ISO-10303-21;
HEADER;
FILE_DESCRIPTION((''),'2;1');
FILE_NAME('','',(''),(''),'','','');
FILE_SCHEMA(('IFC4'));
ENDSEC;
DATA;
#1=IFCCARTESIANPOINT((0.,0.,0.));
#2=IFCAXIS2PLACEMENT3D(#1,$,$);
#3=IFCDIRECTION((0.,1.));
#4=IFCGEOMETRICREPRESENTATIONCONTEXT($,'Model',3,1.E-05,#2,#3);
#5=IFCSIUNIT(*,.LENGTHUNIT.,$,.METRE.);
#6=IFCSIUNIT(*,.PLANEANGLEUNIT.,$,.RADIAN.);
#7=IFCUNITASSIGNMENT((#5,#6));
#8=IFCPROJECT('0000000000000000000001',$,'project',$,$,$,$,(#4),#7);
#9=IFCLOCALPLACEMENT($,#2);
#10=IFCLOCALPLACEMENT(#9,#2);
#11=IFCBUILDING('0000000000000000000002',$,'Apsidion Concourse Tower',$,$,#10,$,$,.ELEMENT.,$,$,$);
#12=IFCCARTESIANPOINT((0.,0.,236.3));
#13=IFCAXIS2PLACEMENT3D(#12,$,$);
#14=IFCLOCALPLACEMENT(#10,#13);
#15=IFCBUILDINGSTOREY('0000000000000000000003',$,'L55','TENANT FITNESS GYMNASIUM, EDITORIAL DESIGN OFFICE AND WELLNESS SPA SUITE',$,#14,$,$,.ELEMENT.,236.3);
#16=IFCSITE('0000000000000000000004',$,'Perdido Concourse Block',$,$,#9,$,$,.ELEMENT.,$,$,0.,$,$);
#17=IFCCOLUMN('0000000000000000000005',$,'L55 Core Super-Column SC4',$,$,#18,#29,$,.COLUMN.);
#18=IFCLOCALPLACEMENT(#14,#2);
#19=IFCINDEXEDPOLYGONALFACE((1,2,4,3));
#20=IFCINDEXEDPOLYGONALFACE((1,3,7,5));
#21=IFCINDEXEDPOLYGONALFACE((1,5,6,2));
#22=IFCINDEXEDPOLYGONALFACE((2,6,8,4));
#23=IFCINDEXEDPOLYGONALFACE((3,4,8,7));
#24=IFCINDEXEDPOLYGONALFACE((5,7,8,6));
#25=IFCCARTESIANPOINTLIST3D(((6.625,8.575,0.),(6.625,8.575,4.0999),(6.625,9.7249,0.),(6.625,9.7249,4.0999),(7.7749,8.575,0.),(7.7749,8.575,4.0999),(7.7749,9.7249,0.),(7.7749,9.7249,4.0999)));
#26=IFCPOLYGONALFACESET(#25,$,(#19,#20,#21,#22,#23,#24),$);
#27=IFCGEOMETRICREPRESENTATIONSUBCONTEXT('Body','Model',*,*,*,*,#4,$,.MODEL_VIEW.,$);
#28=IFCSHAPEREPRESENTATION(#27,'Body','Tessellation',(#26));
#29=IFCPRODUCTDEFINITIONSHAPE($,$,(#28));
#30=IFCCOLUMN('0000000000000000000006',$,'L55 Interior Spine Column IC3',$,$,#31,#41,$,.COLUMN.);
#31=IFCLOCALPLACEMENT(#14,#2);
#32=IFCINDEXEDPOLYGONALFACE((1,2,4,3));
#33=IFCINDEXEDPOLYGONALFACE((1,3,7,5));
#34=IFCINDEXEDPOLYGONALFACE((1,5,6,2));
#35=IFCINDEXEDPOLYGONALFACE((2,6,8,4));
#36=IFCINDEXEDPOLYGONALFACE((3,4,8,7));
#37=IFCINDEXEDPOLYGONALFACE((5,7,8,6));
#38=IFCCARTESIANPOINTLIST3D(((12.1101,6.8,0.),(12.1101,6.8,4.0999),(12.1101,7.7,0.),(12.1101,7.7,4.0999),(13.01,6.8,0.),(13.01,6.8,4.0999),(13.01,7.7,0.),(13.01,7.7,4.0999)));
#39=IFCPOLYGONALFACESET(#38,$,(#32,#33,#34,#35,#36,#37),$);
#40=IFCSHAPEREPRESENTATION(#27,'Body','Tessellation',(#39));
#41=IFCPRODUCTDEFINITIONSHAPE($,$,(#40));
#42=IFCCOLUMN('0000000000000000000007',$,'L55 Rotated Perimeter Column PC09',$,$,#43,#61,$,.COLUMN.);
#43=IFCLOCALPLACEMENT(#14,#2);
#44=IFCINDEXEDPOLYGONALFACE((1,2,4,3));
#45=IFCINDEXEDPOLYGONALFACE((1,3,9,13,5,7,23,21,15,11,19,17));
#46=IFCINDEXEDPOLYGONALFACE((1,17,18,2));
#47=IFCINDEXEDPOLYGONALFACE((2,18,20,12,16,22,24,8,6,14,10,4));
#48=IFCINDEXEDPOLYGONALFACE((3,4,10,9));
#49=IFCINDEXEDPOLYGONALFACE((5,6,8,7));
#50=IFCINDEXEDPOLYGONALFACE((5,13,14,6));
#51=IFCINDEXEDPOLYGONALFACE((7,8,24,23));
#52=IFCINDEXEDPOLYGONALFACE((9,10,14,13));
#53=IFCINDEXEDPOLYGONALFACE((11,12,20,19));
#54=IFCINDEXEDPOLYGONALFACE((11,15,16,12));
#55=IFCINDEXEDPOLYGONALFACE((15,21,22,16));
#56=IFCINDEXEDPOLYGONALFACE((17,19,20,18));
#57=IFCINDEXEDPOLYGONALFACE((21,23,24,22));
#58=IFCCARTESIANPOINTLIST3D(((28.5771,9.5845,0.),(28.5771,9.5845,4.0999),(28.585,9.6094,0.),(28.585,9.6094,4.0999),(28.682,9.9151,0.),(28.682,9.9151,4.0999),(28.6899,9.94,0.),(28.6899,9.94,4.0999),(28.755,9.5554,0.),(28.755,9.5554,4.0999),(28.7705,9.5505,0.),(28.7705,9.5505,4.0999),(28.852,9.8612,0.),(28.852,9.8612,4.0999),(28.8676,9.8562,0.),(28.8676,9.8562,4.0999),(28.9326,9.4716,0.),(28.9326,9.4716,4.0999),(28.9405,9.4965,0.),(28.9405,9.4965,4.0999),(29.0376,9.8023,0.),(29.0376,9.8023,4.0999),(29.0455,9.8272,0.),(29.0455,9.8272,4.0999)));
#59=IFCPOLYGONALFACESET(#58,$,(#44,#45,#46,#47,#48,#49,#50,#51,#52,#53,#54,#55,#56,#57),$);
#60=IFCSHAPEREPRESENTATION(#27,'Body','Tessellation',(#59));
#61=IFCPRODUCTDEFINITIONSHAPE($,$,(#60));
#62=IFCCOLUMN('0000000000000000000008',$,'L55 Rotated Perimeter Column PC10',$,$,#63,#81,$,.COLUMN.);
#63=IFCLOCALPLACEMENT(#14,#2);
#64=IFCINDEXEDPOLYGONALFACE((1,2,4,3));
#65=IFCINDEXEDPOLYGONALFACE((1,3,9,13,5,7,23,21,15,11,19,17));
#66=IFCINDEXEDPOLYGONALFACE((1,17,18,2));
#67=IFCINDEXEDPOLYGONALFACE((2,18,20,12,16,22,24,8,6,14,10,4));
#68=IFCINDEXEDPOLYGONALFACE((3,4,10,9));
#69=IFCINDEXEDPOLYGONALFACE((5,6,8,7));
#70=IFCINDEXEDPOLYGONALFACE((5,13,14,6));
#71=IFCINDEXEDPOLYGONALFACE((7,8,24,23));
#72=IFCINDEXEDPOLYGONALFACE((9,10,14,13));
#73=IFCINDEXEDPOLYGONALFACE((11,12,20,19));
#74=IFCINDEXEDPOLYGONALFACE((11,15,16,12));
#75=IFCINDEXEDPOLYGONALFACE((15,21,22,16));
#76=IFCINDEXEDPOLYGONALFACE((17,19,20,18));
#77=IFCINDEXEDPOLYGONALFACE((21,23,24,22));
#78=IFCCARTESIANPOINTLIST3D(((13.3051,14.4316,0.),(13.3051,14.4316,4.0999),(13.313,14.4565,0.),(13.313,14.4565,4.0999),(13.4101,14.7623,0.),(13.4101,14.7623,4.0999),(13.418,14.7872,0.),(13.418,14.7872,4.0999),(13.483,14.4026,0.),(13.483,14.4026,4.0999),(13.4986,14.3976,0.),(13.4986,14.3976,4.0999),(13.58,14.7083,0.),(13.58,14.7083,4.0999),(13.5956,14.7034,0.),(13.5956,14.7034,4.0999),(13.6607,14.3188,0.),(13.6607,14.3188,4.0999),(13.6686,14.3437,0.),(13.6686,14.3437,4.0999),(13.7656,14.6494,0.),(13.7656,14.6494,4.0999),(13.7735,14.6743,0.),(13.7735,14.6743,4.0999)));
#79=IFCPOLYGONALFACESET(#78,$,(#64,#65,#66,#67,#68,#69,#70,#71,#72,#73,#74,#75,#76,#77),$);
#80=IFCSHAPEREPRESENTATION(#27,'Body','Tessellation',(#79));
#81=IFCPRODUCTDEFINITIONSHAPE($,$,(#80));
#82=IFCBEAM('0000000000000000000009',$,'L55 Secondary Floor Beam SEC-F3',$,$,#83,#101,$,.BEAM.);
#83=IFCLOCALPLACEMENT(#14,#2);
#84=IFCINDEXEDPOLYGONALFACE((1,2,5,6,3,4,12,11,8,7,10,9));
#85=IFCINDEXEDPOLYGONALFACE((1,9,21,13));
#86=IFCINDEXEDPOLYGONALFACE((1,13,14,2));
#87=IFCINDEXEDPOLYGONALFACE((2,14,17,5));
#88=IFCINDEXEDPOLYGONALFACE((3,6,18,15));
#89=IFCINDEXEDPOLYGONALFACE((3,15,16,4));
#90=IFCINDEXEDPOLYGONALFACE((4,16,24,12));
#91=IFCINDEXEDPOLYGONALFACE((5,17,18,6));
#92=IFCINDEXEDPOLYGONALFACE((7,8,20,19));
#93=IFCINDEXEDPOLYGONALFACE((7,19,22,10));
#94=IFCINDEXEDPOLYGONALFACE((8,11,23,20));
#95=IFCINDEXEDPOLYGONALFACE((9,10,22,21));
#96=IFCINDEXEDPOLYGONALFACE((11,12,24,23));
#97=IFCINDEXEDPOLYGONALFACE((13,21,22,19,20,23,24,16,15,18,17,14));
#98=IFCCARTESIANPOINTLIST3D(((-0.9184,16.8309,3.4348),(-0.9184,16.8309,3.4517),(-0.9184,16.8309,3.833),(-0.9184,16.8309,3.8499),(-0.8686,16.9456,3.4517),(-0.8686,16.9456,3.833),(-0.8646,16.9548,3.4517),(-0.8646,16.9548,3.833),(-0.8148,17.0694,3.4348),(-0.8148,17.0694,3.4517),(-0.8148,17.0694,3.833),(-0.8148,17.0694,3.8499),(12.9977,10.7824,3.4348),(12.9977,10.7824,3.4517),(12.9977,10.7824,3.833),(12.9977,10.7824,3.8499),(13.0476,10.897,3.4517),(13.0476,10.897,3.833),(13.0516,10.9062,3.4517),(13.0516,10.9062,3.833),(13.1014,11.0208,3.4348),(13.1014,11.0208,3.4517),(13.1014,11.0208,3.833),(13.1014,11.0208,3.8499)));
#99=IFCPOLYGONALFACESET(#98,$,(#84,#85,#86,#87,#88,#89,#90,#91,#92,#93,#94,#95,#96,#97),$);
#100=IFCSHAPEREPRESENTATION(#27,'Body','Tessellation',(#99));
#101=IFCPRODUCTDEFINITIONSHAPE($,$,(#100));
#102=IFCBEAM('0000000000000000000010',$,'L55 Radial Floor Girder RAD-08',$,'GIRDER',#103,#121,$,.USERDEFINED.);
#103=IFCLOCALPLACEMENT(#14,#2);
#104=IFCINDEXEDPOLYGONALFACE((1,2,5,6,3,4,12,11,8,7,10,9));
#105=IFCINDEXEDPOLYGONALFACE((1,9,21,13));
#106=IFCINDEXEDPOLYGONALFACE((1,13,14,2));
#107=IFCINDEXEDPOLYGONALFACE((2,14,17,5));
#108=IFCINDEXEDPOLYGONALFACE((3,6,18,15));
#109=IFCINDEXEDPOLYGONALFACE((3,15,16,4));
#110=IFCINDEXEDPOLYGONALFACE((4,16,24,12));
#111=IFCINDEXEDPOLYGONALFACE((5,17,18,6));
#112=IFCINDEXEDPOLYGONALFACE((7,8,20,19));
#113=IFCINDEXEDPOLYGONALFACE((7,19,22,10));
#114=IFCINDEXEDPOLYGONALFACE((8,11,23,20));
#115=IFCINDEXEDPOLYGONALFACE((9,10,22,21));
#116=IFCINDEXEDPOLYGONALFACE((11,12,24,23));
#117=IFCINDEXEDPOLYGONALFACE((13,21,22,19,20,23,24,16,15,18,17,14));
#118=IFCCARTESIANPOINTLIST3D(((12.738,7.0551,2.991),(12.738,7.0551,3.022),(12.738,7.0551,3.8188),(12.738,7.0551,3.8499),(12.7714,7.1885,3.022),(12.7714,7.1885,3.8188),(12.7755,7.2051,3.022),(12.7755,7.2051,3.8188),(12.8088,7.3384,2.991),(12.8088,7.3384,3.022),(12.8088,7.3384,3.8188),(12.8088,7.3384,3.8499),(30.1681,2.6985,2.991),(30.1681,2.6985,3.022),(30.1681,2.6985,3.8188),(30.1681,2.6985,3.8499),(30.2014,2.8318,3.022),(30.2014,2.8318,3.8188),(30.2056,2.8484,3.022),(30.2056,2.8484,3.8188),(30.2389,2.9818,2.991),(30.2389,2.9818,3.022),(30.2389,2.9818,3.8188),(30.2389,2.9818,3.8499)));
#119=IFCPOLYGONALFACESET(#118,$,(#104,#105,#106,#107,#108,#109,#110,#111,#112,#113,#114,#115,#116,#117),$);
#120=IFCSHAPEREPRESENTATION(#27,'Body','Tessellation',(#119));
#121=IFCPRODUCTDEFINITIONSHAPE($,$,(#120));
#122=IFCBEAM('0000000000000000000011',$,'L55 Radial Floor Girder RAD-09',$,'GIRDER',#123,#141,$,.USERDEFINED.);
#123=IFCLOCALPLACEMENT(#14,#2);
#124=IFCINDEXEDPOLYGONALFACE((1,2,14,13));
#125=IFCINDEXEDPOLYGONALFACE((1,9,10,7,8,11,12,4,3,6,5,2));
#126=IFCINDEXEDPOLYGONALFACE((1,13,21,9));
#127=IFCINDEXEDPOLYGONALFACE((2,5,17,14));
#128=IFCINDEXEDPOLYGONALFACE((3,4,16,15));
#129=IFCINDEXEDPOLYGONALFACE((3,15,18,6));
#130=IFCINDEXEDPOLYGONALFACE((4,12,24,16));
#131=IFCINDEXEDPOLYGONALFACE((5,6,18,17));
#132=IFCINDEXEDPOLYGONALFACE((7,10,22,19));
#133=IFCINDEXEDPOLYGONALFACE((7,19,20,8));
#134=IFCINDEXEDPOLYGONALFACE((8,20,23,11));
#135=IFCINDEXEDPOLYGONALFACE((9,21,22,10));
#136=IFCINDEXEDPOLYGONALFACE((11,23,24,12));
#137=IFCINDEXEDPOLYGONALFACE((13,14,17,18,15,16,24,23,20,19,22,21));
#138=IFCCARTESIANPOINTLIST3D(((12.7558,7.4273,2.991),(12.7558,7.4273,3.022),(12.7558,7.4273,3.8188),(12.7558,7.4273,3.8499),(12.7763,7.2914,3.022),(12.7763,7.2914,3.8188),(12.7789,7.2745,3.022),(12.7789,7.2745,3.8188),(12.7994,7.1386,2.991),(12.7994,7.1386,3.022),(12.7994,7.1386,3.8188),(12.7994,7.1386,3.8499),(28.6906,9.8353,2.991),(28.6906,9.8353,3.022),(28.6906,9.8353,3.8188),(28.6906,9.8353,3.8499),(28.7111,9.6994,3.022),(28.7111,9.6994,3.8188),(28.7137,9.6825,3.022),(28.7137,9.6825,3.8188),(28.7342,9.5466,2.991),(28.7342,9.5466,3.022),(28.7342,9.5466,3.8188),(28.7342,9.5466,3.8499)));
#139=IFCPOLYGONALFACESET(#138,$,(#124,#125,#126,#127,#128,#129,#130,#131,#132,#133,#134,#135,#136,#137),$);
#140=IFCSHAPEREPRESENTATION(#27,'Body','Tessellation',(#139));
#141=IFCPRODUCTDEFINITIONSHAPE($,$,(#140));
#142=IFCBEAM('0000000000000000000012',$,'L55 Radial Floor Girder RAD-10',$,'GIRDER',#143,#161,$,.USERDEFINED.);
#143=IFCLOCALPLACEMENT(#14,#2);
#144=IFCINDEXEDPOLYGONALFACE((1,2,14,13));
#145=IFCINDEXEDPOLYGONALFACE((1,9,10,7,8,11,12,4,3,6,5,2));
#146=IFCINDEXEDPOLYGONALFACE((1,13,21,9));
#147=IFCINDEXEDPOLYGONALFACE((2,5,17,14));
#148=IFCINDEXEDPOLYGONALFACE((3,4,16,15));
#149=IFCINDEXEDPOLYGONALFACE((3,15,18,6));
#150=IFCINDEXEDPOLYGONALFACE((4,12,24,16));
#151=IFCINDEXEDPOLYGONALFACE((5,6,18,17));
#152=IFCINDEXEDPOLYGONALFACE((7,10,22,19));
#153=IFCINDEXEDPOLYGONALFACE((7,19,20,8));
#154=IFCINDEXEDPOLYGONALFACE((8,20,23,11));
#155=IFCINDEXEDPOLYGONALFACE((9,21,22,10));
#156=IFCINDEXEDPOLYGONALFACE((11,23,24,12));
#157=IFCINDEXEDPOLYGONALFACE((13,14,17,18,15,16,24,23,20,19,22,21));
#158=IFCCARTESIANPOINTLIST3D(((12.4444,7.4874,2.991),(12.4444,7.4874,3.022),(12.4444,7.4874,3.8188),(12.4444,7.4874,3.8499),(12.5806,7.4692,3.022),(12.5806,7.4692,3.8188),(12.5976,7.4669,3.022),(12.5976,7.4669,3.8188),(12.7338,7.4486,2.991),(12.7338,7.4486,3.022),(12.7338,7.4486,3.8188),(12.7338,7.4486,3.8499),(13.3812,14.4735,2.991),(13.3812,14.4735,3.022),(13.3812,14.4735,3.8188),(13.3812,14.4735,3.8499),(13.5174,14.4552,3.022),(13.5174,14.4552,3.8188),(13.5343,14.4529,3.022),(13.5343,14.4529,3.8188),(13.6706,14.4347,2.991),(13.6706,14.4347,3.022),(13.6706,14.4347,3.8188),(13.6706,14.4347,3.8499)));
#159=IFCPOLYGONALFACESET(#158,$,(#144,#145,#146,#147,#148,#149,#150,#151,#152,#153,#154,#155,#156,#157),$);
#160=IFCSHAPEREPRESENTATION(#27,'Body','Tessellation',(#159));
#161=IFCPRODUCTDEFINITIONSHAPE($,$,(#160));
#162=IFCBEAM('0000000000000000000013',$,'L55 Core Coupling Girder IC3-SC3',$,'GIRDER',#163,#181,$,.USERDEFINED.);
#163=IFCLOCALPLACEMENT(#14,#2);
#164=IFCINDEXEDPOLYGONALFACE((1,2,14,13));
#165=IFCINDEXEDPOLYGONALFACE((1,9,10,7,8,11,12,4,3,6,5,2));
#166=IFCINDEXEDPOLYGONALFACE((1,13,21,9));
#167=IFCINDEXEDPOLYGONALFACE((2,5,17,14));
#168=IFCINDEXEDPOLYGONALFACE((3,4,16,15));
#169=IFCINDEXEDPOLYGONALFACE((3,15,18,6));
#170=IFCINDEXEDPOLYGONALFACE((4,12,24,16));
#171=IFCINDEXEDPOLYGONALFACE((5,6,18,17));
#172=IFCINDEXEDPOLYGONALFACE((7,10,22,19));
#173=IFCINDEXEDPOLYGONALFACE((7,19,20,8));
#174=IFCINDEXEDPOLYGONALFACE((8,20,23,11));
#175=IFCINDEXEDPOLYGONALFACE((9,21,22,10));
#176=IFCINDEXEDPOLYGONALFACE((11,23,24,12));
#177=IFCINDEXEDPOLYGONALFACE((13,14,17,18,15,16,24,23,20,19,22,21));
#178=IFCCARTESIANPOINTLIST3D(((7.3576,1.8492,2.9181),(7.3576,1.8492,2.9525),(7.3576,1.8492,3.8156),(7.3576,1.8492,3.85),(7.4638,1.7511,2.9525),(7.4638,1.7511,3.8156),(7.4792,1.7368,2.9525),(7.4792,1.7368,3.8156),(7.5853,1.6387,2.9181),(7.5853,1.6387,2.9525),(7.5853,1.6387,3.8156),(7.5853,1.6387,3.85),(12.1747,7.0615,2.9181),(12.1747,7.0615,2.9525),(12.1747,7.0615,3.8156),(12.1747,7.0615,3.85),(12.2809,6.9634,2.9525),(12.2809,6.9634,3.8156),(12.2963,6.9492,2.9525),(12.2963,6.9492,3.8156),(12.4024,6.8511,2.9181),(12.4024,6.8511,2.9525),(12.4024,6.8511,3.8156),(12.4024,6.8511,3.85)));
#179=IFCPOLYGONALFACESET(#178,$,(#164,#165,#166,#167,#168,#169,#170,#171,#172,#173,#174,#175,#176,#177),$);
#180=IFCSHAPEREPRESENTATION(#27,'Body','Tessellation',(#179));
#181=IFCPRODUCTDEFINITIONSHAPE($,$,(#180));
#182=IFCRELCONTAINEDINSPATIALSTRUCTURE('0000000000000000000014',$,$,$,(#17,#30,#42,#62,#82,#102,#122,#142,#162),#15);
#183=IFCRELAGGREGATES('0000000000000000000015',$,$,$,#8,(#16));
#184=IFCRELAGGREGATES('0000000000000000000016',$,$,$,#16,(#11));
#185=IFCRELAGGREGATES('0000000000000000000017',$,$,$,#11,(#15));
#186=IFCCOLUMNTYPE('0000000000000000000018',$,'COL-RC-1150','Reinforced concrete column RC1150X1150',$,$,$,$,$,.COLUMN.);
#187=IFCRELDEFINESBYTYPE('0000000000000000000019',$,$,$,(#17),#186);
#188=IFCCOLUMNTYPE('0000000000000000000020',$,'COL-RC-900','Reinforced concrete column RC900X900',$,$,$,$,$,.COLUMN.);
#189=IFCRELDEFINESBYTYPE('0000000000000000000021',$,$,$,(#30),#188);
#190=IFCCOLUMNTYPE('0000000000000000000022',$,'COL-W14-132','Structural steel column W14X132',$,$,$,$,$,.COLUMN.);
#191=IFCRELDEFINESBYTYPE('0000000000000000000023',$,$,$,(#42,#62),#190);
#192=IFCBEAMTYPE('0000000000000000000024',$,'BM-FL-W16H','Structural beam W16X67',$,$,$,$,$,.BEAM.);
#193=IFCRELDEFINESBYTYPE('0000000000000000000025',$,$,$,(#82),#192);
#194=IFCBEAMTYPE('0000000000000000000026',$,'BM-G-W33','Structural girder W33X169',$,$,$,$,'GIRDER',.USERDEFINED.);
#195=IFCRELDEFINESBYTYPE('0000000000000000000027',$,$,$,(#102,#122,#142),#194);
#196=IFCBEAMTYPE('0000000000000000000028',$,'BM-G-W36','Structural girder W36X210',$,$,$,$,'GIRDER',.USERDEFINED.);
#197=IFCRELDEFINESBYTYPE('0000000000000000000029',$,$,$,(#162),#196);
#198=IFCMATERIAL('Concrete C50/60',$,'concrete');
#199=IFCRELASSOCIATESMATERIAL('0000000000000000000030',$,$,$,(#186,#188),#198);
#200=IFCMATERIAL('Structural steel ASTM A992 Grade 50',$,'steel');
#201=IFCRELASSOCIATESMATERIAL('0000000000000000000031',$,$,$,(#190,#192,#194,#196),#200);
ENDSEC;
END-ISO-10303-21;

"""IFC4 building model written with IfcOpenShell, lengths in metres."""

from ifc_helpers import new_model, si_unit, direction, frame, origin, origin_2d, place, context, subcontext, project, spatial, rectangle, i_section, extrude, material, material_profile, profile_set, type_object, element, save


model = new_model("IFC4")

# Units and contexts
model_context = context("Model", 3, precision=1e-05, world=origin(), true_north=direction((0.0, 1.0)))
body_context = subcontext(model_context, "Body", "Model", "MODEL_VIEW")
ifc_project = project(units=[si_unit("LENGTHUNIT", "METRE"), si_unit("PLANEANGLEUNIT", "RADIAN")], contexts=[model_context])

# Site, building, storey
site_placement = place(None, origin())
site = spatial("IfcSite", under=ifc_project, at=site_placement, Name="Perdido Concourse Block", CompositionType="ELEMENT", RefElevation=0.0)
building_placement = place(site_placement, origin())
building = spatial("IfcBuilding", under=site, at=building_placement, Name="Apsidion Concourse Tower", CompositionType="ELEMENT")
storey_placement = place(building_placement, frame((0.0, 0.0, 236.3)))
storey = spatial("IfcBuildingStorey", under=building, at=storey_placement, Name="L55", Description="TENANT FITNESS GYMNASIUM, EDITORIAL DESIGN OFFICE AND WELLNESS SPA SUITE", CompositionType="ELEMENT", Elevation=236.3)

# Columns
ifc_material_1 = material(Name="Concrete C50/60", Category="concrete")
ifc_material_profile_1 = material_profile(ifc_material_1, rectangle(XDim=1.1499, YDim=1.1499, at=origin_2d()), Name="RC 1150x1150")
ifc_profile_set_1 = profile_set([ifc_material_profile_1], Name="Concrete C50/60")
column_type_1 = type_object("IfcColumnType", Name="COL-RC-1150", Description="Reinforced concrete column RC1150X1150", PredefinedType="COLUMN", material=ifc_profile_set_1)
column_1_placement = place(storey_placement, frame((7.2, 9.1499, 0.0), z_axis=(0.0, 0.0, 1.0), x_axis=(1.0, 0.0, 0.0)))
element("IfcColumn", 1, at=column_1_placement, inside=storey, type_object=column_type_1, Name="L55 Core Super-Column SC4", PredefinedType="COLUMN", context=body_context, shape_type="SweptSolid", body=[
    extrude(rectangle(XDim=1.1499, YDim=1.1499, at=origin_2d()), origin(), (0.0, 0.0, 1.0), 4.0999),
])
ifc_material_profile_2 = material_profile(ifc_material_1, rectangle(XDim=0.8999, YDim=0.8999, at=origin_2d()), Name="RC 900x900")
ifc_profile_set_2 = profile_set([ifc_material_profile_2], Name="Concrete C50/60")
column_type_2 = type_object("IfcColumnType", Name="COL-RC-900", Description="Reinforced concrete column RC900X900", PredefinedType="COLUMN", material=ifc_profile_set_2)
column_2_placement = place(storey_placement, frame((12.5601, 7.25, 0.0), z_axis=(0.0, 0.0, 1.0), x_axis=(1.0, 0.0, 0.0)))
element("IfcColumn", 2, at=column_2_placement, inside=storey, type_object=column_type_2, Name="L55 Interior Spine Column IC3", PredefinedType="COLUMN", context=body_context, shape_type="SweptSolid", body=[
    extrude(rectangle(XDim=0.8999, YDim=0.8999, at=origin_2d()), origin(), (0.0, 0.0, 1.0), 4.0999),
])
ifc_material_2 = material(Name="Structural steel ASTM A992 Grade 50", Category="steel")
ifc_material_profile_3 = material_profile(ifc_material_2, i_section(OverallWidth=0.373, OverallDepth=0.373, WebThickness=0.0164, FlangeThickness=0.0261, at=origin_2d()), Name="W14X132")
ifc_profile_set_3 = profile_set([ifc_material_profile_3], Name="Structural steel ASTM A992 Grade 50")
column_type_3 = type_object("IfcColumnType", Name="COL-W14-132", Description="Structural steel column W14X132", PredefinedType="COLUMN", material=ifc_profile_set_3)
for number, where, z_axis, x_axis, name in (
    (3, (28.8113, 9.7058, 0.0), (0.0, 0.0, 1.0), (-0.953138, 0.302536, 0.0), "L55 Rotated Perimeter Column PC09"),
    (4, (13.5393, 14.553, 0.0), (0.0, 0.0, 1.0), (-0.953138, 0.302536, 0.0), "L55 Rotated Perimeter Column PC10"),
):
    element("IfcColumn", number, at=place(storey_placement, frame(where, z_axis=z_axis, x_axis=x_axis)), inside=storey, type_object=column_type_3, Name=name, PredefinedType="COLUMN", context=body_context, shape_type="SweptSolid", body=[
        extrude(i_section(OverallWidth=0.373, OverallDepth=0.373, WebThickness=0.0164, FlangeThickness=0.0261, at=origin_2d()), origin(), (0.0, 0.0, 1.0), 4.0999),
    ])

# Beams
ifc_material_profile_4 = material_profile(ifc_material_2, i_section(OverallWidth=0.26, OverallDepth=0.415, WebThickness=0.01, FlangeThickness=0.0168, at=origin_2d()), Name="W16X67")
ifc_profile_set_4 = profile_set([ifc_material_profile_4], Name="Structural steel ASTM A992 Grade 50")
beam_type_1 = type_object("IfcBeamType", Name="BM-FL-W16H", Description="Structural beam W16X67", PredefinedType="BEAM", material=ifc_profile_set_4)
beam_1_placement = place(storey_placement, frame((13.0496, 10.9016, 3.6423), z_axis=(-0.917117, 0.398617, 0.0), x_axis=(-0.398617, -0.917117, 0.0)))
element("IfcBeam", 5, at=beam_1_placement, inside=storey, type_object=beam_type_1, Name="L55 Secondary Floor Beam SEC-F3", PredefinedType="BEAM", context=body_context, shape_type="SweptSolid", body=[
    extrude(i_section(OverallWidth=0.26, OverallDepth=0.415, WebThickness=0.01, FlangeThickness=0.0168, at=origin_2d()), origin(), (0.0, 0.0, 1.0), 15.1738),
])
ifc_material_profile_5 = material_profile(ifc_material_2, i_section(OverallWidth=0.292, OverallDepth=0.8589, WebThickness=0.0171, FlangeThickness=0.031, at=origin_2d()), Name="W33X169")
ifc_profile_set_5 = profile_set([ifc_material_profile_5], Name="Structural steel ASTM A992 Grade 50")
beam_type_2 = type_object("IfcBeamType", Name="BM-G-W33", Description="Structural girder W33X169", ElementType="GIRDER", PredefinedType="USERDEFINED", material=ifc_profile_set_5)
beam_2_placement = place(storey_placement, frame((12.7734, 7.1968, 3.4204), z_axis=(0.970154, -0.242491, 0.0), x_axis=(0.242491, 0.970154, 0.0)))
element("IfcBeam", 6, at=beam_2_placement, inside=storey, type_object=beam_type_2, Name="L55 Radial Floor Girder RAD-08", ObjectType="GIRDER", PredefinedType="USERDEFINED", context=body_context, shape_type="SweptSolid", body=[
    extrude(i_section(OverallWidth=0.292, OverallDepth=0.8589, WebThickness=0.0171, FlangeThickness=0.031, at=origin_2d()), origin(), (0.0, 0.0, 1.0), 17.9663),
])
beam_3_placement = place(storey_placement, frame((12.7776, 7.283, 3.4204), z_axis=(0.988774, 0.149417, 0.0), x_axis=(-0.149417, 0.988774, 0.0)))
element("IfcBeam", 7, at=beam_3_placement, inside=storey, type_object=beam_type_2, Name="L55 Radial Floor Girder RAD-09", ObjectType="GIRDER", PredefinedType="USERDEFINED", context=body_context, shape_type="SweptSolid", body=[
    extrude(i_section(OverallWidth=0.292, OverallDepth=0.8589, WebThickness=0.0171, FlangeThickness=0.031, at=origin_2d()), origin(), (0.0, 0.0, 1.0), 16.1157),
])
beam_4_placement = place(storey_placement, frame((12.5891, 7.468, 3.4204), z_axis=(0.132901, 0.991129, 0.0), x_axis=(-0.991129, 0.132901, 0.0)))
element("IfcBeam", 8, at=beam_4_placement, inside=storey, type_object=beam_type_2, Name="L55 Radial Floor Girder RAD-10", ObjectType="GIRDER", PredefinedType="USERDEFINED", context=body_context, shape_type="SweptSolid", body=[
    extrude(i_section(OverallWidth=0.292, OverallDepth=0.8589, WebThickness=0.0171, FlangeThickness=0.031, at=origin_2d()), origin(), (0.0, 0.0, 1.0), 7.0486),
])
ifc_material_profile_6 = material_profile(ifc_material_2, i_section(OverallWidth=0.3101, OverallDepth=0.9319, WebThickness=0.021, FlangeThickness=0.0344, at=origin_2d()), Name="W36X210")
ifc_profile_set_6 = profile_set([ifc_material_profile_6], Name="Structural steel ASTM A992 Grade 50")
beam_type_3 = type_object("IfcBeamType", Name="BM-G-W36", Description="Structural girder W36X210", ElementType="GIRDER", PredefinedType="USERDEFINED", material=ifc_profile_set_6)
beam_5_placement = place(storey_placement, frame((12.2886, 6.9563, 3.384), z_axis=(-0.678713, -0.734404, 0.0), x_axis=(0.734404, -0.678713, 0.0)))
element("IfcBeam", 9, at=beam_5_placement, inside=storey, type_object=beam_type_3, Name="L55 Core Coupling Girder IC3-SC3", ObjectType="GIRDER", PredefinedType="USERDEFINED", context=body_context, shape_type="SweptSolid", body=[
    extrude(i_section(OverallWidth=0.3101, OverallDepth=0.9319, WebThickness=0.021, FlangeThickness=0.0344, at=origin_2d()), origin(), (0.0, 0.0, 1.0), 7.0974),
])

save(model, "model.ifc")
